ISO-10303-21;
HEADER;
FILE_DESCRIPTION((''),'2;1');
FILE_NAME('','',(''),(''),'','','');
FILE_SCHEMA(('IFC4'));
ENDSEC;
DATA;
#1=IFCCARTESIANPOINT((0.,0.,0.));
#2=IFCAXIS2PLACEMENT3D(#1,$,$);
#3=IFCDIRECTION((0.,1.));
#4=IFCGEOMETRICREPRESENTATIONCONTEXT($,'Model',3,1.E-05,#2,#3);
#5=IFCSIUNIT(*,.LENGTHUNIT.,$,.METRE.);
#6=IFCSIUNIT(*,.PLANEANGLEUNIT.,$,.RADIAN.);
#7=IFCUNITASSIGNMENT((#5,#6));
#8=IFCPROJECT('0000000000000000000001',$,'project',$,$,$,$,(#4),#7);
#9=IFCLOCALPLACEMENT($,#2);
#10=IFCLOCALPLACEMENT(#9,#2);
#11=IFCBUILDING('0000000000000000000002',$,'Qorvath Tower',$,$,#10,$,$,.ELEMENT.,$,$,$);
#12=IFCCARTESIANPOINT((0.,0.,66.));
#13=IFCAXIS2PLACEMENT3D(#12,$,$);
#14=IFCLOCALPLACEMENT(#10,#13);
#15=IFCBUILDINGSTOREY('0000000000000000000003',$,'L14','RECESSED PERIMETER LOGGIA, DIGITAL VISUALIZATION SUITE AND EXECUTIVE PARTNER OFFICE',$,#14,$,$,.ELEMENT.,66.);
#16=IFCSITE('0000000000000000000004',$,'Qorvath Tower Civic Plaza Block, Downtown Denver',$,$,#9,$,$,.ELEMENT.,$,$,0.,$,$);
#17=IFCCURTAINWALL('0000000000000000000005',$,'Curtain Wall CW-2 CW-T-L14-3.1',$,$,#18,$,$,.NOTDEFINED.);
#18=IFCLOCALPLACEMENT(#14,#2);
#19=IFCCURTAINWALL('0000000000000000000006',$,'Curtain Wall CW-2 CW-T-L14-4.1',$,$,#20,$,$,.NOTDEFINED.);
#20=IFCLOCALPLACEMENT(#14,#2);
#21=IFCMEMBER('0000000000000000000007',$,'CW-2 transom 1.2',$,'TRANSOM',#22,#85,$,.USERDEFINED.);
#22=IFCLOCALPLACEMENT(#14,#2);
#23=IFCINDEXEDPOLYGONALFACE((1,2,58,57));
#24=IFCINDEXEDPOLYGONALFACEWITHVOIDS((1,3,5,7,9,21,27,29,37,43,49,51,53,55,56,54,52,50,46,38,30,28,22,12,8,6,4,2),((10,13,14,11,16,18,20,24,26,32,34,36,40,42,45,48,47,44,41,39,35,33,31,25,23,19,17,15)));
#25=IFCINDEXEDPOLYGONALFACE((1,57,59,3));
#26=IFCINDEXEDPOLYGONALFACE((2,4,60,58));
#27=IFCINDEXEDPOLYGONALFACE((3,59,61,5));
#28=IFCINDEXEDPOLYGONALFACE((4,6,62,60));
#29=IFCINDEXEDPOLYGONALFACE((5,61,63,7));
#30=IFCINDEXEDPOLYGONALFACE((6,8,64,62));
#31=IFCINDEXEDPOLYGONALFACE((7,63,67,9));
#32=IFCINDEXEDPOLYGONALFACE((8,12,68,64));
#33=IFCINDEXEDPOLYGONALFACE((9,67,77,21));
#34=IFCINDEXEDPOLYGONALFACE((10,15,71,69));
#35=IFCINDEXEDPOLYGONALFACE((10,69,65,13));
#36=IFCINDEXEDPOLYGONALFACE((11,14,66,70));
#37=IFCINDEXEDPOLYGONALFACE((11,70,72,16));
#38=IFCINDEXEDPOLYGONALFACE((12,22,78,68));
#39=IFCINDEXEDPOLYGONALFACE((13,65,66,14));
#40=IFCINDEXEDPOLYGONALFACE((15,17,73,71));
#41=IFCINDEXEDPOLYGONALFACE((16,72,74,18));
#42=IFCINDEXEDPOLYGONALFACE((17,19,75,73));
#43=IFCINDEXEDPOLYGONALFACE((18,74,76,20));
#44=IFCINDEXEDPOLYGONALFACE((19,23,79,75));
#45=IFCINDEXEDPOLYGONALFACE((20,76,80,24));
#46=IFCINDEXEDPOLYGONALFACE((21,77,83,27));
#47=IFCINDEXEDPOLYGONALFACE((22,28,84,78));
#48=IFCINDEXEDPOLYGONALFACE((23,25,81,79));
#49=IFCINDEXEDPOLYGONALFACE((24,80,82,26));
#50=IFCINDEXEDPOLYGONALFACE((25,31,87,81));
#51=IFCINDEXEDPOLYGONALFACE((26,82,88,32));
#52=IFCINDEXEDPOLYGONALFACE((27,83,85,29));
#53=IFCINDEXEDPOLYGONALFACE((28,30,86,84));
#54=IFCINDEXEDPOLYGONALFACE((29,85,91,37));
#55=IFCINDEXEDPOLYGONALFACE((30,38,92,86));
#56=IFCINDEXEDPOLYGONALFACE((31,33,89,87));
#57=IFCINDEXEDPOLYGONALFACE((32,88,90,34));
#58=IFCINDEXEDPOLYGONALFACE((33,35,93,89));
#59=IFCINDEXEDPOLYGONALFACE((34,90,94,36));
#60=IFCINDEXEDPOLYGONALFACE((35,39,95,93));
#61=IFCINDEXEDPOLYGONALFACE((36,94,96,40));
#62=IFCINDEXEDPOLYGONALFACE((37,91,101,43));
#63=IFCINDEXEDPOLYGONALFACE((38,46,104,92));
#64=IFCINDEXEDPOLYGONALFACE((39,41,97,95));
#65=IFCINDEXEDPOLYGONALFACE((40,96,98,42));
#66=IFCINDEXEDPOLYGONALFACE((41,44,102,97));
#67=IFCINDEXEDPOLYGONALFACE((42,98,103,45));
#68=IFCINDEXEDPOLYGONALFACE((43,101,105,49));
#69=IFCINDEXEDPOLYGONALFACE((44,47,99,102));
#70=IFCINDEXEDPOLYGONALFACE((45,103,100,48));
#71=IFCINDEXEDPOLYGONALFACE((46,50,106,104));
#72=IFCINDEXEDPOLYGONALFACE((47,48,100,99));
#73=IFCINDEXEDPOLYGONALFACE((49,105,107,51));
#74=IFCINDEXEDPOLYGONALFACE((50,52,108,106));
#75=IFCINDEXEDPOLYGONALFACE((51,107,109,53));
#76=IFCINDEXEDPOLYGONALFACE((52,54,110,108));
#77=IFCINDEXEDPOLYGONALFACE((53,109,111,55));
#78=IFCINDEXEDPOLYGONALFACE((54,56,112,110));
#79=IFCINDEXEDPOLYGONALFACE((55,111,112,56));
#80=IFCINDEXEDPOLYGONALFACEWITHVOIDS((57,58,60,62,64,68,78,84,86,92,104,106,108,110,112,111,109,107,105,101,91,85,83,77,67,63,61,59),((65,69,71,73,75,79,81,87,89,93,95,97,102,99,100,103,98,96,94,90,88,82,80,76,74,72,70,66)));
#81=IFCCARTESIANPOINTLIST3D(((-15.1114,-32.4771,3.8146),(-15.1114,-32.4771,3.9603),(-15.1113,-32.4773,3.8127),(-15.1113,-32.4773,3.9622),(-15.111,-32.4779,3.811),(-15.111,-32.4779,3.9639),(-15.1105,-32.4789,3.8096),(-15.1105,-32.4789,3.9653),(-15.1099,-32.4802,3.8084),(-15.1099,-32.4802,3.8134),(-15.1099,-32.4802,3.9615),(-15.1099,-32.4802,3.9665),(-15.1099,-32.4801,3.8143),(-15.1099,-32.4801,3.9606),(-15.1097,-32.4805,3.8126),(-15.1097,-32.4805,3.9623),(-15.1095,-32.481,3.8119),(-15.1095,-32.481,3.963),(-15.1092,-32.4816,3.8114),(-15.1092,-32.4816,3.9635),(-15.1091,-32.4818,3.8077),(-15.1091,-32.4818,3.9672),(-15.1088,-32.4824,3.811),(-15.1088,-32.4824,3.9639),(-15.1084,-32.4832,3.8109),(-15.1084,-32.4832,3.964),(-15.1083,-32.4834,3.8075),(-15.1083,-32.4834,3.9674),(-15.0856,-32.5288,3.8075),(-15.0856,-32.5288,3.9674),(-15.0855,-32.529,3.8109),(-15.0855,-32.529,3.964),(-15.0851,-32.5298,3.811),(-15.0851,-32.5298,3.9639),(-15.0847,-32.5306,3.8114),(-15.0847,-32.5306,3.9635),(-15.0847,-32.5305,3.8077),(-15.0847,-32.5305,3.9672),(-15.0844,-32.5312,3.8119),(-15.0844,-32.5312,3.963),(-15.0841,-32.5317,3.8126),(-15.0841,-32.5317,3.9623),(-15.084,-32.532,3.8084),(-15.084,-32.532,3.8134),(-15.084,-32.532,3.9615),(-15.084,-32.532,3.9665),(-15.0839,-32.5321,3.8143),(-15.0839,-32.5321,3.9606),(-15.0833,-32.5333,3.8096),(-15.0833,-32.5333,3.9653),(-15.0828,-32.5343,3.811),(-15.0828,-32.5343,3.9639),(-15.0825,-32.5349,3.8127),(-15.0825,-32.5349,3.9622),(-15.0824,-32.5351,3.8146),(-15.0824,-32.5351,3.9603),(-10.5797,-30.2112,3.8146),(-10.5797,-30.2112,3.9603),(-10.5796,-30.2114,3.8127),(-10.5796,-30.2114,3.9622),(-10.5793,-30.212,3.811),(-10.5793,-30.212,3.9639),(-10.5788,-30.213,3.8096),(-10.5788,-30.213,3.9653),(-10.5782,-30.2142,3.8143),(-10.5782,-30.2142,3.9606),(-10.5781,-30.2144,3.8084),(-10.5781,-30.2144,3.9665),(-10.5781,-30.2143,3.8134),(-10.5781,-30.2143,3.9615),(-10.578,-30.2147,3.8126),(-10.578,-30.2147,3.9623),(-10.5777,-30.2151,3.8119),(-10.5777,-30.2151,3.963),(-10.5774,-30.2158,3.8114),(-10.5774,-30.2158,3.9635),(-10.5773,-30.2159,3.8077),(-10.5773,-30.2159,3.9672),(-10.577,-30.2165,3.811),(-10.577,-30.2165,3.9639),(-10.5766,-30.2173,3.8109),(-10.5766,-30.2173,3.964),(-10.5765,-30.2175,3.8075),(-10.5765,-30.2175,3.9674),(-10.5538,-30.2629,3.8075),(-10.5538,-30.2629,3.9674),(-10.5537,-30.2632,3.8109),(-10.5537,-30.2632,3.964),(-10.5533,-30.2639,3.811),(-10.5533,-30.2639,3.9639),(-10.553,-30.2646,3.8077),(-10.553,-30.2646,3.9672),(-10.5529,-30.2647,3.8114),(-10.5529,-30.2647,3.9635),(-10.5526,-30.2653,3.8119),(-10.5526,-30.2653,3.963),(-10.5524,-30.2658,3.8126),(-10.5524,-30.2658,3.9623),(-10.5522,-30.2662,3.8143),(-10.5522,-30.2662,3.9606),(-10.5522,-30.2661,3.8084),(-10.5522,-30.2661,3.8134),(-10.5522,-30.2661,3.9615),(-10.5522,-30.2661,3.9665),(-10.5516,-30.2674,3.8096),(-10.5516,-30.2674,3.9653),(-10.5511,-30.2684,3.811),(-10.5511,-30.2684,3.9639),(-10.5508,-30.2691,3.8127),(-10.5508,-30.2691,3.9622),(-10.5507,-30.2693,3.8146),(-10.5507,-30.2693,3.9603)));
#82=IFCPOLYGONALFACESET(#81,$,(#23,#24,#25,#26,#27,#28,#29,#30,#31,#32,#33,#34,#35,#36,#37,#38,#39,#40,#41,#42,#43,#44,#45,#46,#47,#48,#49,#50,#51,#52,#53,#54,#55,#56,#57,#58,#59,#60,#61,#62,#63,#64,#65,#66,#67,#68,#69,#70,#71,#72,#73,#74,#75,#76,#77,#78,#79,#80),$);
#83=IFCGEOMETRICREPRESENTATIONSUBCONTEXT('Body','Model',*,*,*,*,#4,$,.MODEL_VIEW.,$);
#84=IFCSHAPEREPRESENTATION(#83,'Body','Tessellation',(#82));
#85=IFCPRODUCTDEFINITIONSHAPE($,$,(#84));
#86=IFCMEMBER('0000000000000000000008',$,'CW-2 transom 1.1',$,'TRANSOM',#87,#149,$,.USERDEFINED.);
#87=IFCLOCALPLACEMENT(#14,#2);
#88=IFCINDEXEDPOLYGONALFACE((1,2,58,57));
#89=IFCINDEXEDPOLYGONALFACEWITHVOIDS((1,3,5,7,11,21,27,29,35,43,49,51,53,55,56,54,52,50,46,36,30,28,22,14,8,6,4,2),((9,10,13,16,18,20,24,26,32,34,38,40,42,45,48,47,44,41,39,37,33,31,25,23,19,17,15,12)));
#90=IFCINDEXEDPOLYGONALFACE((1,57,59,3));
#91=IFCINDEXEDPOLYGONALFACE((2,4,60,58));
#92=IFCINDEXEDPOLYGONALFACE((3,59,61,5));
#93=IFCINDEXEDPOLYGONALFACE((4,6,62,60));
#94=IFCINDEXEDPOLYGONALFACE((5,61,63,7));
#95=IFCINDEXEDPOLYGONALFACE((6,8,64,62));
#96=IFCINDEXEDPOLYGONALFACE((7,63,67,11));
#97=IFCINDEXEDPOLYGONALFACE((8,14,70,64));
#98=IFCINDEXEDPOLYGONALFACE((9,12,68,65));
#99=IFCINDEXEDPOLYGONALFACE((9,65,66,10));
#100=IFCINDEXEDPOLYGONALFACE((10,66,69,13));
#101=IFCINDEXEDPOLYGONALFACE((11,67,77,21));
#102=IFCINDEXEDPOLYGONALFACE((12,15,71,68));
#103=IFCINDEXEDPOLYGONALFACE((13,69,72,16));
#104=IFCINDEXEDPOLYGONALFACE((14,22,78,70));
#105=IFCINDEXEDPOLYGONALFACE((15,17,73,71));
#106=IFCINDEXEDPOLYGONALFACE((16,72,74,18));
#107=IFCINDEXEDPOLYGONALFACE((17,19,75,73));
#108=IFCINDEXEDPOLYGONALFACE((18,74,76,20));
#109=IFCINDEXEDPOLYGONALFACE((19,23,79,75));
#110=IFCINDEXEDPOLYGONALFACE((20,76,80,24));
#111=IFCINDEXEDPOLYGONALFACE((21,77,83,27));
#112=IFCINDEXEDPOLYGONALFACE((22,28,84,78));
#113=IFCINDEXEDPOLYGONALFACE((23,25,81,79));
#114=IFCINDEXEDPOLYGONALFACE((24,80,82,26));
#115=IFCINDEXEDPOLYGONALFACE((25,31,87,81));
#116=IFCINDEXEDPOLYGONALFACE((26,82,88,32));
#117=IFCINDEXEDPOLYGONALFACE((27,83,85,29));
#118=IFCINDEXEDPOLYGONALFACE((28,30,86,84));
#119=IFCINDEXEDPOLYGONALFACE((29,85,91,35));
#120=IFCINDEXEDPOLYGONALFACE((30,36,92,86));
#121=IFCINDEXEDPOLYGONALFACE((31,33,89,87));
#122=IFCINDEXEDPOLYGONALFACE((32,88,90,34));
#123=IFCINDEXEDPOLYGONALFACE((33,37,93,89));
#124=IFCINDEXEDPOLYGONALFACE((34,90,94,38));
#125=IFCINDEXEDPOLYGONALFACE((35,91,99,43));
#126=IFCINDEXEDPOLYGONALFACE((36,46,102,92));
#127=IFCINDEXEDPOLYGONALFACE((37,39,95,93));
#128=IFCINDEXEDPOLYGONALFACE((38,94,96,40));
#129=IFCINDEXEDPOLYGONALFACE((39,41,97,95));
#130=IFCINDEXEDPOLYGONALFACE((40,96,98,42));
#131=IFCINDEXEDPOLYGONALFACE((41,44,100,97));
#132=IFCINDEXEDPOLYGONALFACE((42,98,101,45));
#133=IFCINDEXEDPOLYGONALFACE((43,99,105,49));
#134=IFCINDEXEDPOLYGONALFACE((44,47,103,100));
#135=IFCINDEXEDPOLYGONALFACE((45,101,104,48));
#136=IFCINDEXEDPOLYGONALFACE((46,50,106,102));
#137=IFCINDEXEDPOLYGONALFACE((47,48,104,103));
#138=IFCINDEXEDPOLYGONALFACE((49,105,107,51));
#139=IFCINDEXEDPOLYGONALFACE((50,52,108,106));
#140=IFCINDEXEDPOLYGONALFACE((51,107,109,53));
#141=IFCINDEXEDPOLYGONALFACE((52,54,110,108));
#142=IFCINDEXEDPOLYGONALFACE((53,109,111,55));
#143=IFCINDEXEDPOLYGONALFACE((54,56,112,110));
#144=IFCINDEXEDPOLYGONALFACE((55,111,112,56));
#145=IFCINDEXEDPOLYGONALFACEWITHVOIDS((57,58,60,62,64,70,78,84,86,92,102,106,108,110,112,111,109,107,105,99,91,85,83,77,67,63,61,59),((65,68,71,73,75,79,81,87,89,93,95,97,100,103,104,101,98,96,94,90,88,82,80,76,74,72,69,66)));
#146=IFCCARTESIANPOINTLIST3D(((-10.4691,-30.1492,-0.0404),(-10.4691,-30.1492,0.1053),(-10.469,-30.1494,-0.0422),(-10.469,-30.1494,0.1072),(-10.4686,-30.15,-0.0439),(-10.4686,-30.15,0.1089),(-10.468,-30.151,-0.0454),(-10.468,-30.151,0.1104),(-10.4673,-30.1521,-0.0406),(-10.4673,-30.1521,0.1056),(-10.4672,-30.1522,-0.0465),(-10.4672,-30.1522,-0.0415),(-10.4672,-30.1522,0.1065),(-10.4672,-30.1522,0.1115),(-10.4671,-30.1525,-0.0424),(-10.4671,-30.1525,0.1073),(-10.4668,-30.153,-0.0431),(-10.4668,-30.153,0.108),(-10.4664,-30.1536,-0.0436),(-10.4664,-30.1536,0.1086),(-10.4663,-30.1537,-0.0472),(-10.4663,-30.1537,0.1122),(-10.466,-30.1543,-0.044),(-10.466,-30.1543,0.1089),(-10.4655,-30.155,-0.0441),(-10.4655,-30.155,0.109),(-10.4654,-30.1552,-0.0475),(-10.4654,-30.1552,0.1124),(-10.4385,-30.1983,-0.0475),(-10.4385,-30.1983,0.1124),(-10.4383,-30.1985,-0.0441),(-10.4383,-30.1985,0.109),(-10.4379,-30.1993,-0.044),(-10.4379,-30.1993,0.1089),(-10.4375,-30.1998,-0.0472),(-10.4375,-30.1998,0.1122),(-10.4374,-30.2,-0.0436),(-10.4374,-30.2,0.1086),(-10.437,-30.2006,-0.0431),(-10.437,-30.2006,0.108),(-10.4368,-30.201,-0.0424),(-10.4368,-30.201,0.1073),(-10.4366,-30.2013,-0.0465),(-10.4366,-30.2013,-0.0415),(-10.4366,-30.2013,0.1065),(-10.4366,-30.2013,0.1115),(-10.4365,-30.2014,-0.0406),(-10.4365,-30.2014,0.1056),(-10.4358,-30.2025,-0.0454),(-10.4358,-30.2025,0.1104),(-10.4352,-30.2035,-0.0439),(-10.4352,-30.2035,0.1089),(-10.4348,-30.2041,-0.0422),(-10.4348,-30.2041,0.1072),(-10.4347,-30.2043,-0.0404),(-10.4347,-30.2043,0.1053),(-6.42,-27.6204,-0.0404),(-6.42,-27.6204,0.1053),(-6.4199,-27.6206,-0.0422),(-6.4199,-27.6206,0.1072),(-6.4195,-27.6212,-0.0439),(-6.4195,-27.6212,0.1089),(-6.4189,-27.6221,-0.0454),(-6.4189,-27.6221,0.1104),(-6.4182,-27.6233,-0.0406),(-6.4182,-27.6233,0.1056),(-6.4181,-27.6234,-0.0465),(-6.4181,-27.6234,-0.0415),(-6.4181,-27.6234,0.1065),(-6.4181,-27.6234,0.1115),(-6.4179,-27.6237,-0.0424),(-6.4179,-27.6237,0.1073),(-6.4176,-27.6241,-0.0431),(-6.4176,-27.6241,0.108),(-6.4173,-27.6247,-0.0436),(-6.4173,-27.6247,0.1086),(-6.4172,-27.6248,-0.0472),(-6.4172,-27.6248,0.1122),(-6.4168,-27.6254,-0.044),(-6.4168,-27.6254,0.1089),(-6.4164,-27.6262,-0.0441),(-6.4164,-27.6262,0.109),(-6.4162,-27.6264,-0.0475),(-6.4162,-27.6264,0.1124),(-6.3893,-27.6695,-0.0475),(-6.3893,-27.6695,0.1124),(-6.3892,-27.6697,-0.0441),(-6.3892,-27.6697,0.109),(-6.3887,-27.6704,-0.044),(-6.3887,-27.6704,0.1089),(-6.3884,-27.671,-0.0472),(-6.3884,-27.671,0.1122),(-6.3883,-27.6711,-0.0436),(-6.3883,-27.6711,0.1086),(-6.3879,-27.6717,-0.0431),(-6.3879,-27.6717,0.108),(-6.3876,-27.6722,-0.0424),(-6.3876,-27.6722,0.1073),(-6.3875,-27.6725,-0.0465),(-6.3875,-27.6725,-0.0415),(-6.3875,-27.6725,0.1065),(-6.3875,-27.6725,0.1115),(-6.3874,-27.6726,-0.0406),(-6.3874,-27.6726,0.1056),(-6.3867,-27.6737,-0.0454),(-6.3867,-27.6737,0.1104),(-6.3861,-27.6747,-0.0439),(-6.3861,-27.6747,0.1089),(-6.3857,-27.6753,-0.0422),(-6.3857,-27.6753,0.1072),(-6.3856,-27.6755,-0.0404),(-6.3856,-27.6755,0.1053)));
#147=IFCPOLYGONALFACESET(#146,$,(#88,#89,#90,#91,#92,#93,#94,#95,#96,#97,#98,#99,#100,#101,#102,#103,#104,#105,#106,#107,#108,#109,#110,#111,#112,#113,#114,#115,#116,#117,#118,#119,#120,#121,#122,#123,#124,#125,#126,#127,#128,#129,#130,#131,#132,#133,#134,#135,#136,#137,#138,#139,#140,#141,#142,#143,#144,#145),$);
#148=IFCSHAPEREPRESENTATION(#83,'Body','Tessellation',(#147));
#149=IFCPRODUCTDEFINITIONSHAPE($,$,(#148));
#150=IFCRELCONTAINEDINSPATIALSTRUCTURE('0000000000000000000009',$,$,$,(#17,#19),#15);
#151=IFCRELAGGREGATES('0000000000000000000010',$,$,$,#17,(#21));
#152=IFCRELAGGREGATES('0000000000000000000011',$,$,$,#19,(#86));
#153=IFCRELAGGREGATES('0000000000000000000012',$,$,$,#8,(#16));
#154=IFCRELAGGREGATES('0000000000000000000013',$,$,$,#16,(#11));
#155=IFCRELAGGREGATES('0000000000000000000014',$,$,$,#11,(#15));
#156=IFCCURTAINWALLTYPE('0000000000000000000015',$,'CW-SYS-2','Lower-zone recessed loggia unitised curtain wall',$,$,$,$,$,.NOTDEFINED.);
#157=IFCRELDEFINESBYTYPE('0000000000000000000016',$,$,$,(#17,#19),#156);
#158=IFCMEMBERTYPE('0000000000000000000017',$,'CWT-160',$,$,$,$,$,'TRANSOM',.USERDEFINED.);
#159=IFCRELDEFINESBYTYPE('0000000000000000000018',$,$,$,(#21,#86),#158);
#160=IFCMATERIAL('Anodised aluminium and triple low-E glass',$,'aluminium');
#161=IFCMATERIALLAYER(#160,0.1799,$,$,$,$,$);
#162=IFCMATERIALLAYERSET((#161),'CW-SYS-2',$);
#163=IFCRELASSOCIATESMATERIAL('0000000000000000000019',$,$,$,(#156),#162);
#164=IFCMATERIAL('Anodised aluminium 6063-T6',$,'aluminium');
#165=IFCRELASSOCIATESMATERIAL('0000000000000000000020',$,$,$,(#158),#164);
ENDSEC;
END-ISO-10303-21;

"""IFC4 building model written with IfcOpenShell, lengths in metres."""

from ifc_helpers import new_model, si_unit, direction, frame, origin, origin_2d, place, context, subcontext, project, spatial, hollow_rectangle, extrude, material, layer, layer_set, material_profile, profile_set, type_object, element, aggregate, save


model = new_model("IFC4")

# Units and contexts
model_context = context("Model", 3, precision=1e-05, world=origin(), true_north=direction((0.0, 1.0)))
body_context = subcontext(model_context, "Body", "Model", "MODEL_VIEW")
ifc_project = project(units=[si_unit("LENGTHUNIT", "METRE"), si_unit("PLANEANGLEUNIT", "RADIAN")], contexts=[model_context])

# Site, building, storey
site_placement = place(None, origin())
site = spatial("IfcSite", under=ifc_project, at=site_placement, Name="Qorvath Tower Civic Plaza Block, Downtown Denver", CompositionType="ELEMENT", RefElevation=0.0)
building_placement = place(site_placement, origin())
building = spatial("IfcBuilding", under=site, at=building_placement, Name="Qorvath Tower", CompositionType="ELEMENT")
storey_placement = place(building_placement, frame((0.0, 0.0, 66.0)))
storey = spatial("IfcBuildingStorey", under=building, at=storey_placement, Name="L14", Description="RECESSED PERIMETER LOGGIA, DIGITAL VISUALIZATION SUITE AND EXECUTIVE PARTNER OFFICE", CompositionType="ELEMENT", Elevation=66.0)

# Shared definitions
ifc_material_1 = material(Name="Anodised aluminium and triple low-E glass", Category="aluminium")
ifc_layer_1 = layer(ifc_material_1, 0.1799)
ifc_layer_set_1 = layer_set([ifc_layer_1], Name="CW-SYS-2")
curtain_wall_type = type_object("IfcCurtainWallType", Name="CW-SYS-2", Description="Lower-zone recessed loggia unitised curtain wall", PredefinedType="NOTDEFINED", material=ifc_layer_set_1)

# Curtain walls
curtain_wall_1_placement = place(storey_placement, origin())
curtain_wall_1 = element("IfcCurtainWall", 1, at=curtain_wall_1_placement, inside=storey, type_object=curtain_wall_type, Name="Curtain Wall CW-2 CW-T-L14-3.1", PredefinedType="NOTDEFINED")
curtain_wall_2_placement = place(storey_placement, origin())
curtain_wall_2 = element("IfcCurtainWall", 2, at=curtain_wall_2_placement, inside=storey, type_object=curtain_wall_type, Name="Curtain Wall CW-2 CW-T-L14-4.1", PredefinedType="NOTDEFINED")

# Members
ifc_material_2 = material(Name="Anodised aluminium 6063-T6", Category="aluminium")
ifc_material_profile_1 = material_profile(ifc_material_2, hollow_rectangle(XDim=0.0649, YDim=0.1599, WallThickness=0.0034, InnerFilletRadius=0.0034, OuterFilletRadius=0.0071, at=origin_2d()), Name="CWT 160x65")
ifc_profile_set_1 = profile_set([ifc_material_profile_1], Name="Anodised aluminium 6063-T6")
member_type_1 = type_object("IfcMemberType", Name="CWT-160", ElementType="TRANSOM", PredefinedType="USERDEFINED", material=ifc_profile_set_1)
member_1_placement = place(storey_placement, frame((-15.0969, -32.5061, 3.8875), z_axis=(0.894427, 0.447214, 0.0), x_axis=(-0.447214, 0.894427, 0.0)))
member_1 = element("IfcMember", 3, at=member_1_placement, type_object=member_type_1, Name="CW-2 transom 1.2", ObjectType="TRANSOM", PredefinedType="USERDEFINED", context=body_context, shape_type="SweptSolid", body=[
    extrude(hollow_rectangle(XDim=0.0649, YDim=0.1599, WallThickness=0.0034, InnerFilletRadius=0.0034, OuterFilletRadius=0.0071, at=origin_2d()), origin(), (0.0, 0.0, 1.0), 5.0667),
])
member_2_placement = place(storey_placement, frame((-10.4519, -30.1768, 0.0325), z_axis=(0.848174, 0.529718, 0.0), x_axis=(-0.529718, 0.848174, 0.0)))
member_2 = element("IfcMember", 4, at=member_2_placement, type_object=member_type_1, Name="CW-2 transom 1.1", ObjectType="TRANSOM", PredefinedType="USERDEFINED", context=body_context, shape_type="SweptSolid", body=[
    extrude(hollow_rectangle(XDim=0.0649, YDim=0.1599, WallThickness=0.0034, InnerFilletRadius=0.0034, OuterFilletRadius=0.0071, at=origin_2d()), origin(), (0.0, 0.0, 1.0), 4.7739),
])

aggregate(curtain_wall_1, [member_1])
aggregate(curtain_wall_2, [member_2])

save(model, "model.ifc")
